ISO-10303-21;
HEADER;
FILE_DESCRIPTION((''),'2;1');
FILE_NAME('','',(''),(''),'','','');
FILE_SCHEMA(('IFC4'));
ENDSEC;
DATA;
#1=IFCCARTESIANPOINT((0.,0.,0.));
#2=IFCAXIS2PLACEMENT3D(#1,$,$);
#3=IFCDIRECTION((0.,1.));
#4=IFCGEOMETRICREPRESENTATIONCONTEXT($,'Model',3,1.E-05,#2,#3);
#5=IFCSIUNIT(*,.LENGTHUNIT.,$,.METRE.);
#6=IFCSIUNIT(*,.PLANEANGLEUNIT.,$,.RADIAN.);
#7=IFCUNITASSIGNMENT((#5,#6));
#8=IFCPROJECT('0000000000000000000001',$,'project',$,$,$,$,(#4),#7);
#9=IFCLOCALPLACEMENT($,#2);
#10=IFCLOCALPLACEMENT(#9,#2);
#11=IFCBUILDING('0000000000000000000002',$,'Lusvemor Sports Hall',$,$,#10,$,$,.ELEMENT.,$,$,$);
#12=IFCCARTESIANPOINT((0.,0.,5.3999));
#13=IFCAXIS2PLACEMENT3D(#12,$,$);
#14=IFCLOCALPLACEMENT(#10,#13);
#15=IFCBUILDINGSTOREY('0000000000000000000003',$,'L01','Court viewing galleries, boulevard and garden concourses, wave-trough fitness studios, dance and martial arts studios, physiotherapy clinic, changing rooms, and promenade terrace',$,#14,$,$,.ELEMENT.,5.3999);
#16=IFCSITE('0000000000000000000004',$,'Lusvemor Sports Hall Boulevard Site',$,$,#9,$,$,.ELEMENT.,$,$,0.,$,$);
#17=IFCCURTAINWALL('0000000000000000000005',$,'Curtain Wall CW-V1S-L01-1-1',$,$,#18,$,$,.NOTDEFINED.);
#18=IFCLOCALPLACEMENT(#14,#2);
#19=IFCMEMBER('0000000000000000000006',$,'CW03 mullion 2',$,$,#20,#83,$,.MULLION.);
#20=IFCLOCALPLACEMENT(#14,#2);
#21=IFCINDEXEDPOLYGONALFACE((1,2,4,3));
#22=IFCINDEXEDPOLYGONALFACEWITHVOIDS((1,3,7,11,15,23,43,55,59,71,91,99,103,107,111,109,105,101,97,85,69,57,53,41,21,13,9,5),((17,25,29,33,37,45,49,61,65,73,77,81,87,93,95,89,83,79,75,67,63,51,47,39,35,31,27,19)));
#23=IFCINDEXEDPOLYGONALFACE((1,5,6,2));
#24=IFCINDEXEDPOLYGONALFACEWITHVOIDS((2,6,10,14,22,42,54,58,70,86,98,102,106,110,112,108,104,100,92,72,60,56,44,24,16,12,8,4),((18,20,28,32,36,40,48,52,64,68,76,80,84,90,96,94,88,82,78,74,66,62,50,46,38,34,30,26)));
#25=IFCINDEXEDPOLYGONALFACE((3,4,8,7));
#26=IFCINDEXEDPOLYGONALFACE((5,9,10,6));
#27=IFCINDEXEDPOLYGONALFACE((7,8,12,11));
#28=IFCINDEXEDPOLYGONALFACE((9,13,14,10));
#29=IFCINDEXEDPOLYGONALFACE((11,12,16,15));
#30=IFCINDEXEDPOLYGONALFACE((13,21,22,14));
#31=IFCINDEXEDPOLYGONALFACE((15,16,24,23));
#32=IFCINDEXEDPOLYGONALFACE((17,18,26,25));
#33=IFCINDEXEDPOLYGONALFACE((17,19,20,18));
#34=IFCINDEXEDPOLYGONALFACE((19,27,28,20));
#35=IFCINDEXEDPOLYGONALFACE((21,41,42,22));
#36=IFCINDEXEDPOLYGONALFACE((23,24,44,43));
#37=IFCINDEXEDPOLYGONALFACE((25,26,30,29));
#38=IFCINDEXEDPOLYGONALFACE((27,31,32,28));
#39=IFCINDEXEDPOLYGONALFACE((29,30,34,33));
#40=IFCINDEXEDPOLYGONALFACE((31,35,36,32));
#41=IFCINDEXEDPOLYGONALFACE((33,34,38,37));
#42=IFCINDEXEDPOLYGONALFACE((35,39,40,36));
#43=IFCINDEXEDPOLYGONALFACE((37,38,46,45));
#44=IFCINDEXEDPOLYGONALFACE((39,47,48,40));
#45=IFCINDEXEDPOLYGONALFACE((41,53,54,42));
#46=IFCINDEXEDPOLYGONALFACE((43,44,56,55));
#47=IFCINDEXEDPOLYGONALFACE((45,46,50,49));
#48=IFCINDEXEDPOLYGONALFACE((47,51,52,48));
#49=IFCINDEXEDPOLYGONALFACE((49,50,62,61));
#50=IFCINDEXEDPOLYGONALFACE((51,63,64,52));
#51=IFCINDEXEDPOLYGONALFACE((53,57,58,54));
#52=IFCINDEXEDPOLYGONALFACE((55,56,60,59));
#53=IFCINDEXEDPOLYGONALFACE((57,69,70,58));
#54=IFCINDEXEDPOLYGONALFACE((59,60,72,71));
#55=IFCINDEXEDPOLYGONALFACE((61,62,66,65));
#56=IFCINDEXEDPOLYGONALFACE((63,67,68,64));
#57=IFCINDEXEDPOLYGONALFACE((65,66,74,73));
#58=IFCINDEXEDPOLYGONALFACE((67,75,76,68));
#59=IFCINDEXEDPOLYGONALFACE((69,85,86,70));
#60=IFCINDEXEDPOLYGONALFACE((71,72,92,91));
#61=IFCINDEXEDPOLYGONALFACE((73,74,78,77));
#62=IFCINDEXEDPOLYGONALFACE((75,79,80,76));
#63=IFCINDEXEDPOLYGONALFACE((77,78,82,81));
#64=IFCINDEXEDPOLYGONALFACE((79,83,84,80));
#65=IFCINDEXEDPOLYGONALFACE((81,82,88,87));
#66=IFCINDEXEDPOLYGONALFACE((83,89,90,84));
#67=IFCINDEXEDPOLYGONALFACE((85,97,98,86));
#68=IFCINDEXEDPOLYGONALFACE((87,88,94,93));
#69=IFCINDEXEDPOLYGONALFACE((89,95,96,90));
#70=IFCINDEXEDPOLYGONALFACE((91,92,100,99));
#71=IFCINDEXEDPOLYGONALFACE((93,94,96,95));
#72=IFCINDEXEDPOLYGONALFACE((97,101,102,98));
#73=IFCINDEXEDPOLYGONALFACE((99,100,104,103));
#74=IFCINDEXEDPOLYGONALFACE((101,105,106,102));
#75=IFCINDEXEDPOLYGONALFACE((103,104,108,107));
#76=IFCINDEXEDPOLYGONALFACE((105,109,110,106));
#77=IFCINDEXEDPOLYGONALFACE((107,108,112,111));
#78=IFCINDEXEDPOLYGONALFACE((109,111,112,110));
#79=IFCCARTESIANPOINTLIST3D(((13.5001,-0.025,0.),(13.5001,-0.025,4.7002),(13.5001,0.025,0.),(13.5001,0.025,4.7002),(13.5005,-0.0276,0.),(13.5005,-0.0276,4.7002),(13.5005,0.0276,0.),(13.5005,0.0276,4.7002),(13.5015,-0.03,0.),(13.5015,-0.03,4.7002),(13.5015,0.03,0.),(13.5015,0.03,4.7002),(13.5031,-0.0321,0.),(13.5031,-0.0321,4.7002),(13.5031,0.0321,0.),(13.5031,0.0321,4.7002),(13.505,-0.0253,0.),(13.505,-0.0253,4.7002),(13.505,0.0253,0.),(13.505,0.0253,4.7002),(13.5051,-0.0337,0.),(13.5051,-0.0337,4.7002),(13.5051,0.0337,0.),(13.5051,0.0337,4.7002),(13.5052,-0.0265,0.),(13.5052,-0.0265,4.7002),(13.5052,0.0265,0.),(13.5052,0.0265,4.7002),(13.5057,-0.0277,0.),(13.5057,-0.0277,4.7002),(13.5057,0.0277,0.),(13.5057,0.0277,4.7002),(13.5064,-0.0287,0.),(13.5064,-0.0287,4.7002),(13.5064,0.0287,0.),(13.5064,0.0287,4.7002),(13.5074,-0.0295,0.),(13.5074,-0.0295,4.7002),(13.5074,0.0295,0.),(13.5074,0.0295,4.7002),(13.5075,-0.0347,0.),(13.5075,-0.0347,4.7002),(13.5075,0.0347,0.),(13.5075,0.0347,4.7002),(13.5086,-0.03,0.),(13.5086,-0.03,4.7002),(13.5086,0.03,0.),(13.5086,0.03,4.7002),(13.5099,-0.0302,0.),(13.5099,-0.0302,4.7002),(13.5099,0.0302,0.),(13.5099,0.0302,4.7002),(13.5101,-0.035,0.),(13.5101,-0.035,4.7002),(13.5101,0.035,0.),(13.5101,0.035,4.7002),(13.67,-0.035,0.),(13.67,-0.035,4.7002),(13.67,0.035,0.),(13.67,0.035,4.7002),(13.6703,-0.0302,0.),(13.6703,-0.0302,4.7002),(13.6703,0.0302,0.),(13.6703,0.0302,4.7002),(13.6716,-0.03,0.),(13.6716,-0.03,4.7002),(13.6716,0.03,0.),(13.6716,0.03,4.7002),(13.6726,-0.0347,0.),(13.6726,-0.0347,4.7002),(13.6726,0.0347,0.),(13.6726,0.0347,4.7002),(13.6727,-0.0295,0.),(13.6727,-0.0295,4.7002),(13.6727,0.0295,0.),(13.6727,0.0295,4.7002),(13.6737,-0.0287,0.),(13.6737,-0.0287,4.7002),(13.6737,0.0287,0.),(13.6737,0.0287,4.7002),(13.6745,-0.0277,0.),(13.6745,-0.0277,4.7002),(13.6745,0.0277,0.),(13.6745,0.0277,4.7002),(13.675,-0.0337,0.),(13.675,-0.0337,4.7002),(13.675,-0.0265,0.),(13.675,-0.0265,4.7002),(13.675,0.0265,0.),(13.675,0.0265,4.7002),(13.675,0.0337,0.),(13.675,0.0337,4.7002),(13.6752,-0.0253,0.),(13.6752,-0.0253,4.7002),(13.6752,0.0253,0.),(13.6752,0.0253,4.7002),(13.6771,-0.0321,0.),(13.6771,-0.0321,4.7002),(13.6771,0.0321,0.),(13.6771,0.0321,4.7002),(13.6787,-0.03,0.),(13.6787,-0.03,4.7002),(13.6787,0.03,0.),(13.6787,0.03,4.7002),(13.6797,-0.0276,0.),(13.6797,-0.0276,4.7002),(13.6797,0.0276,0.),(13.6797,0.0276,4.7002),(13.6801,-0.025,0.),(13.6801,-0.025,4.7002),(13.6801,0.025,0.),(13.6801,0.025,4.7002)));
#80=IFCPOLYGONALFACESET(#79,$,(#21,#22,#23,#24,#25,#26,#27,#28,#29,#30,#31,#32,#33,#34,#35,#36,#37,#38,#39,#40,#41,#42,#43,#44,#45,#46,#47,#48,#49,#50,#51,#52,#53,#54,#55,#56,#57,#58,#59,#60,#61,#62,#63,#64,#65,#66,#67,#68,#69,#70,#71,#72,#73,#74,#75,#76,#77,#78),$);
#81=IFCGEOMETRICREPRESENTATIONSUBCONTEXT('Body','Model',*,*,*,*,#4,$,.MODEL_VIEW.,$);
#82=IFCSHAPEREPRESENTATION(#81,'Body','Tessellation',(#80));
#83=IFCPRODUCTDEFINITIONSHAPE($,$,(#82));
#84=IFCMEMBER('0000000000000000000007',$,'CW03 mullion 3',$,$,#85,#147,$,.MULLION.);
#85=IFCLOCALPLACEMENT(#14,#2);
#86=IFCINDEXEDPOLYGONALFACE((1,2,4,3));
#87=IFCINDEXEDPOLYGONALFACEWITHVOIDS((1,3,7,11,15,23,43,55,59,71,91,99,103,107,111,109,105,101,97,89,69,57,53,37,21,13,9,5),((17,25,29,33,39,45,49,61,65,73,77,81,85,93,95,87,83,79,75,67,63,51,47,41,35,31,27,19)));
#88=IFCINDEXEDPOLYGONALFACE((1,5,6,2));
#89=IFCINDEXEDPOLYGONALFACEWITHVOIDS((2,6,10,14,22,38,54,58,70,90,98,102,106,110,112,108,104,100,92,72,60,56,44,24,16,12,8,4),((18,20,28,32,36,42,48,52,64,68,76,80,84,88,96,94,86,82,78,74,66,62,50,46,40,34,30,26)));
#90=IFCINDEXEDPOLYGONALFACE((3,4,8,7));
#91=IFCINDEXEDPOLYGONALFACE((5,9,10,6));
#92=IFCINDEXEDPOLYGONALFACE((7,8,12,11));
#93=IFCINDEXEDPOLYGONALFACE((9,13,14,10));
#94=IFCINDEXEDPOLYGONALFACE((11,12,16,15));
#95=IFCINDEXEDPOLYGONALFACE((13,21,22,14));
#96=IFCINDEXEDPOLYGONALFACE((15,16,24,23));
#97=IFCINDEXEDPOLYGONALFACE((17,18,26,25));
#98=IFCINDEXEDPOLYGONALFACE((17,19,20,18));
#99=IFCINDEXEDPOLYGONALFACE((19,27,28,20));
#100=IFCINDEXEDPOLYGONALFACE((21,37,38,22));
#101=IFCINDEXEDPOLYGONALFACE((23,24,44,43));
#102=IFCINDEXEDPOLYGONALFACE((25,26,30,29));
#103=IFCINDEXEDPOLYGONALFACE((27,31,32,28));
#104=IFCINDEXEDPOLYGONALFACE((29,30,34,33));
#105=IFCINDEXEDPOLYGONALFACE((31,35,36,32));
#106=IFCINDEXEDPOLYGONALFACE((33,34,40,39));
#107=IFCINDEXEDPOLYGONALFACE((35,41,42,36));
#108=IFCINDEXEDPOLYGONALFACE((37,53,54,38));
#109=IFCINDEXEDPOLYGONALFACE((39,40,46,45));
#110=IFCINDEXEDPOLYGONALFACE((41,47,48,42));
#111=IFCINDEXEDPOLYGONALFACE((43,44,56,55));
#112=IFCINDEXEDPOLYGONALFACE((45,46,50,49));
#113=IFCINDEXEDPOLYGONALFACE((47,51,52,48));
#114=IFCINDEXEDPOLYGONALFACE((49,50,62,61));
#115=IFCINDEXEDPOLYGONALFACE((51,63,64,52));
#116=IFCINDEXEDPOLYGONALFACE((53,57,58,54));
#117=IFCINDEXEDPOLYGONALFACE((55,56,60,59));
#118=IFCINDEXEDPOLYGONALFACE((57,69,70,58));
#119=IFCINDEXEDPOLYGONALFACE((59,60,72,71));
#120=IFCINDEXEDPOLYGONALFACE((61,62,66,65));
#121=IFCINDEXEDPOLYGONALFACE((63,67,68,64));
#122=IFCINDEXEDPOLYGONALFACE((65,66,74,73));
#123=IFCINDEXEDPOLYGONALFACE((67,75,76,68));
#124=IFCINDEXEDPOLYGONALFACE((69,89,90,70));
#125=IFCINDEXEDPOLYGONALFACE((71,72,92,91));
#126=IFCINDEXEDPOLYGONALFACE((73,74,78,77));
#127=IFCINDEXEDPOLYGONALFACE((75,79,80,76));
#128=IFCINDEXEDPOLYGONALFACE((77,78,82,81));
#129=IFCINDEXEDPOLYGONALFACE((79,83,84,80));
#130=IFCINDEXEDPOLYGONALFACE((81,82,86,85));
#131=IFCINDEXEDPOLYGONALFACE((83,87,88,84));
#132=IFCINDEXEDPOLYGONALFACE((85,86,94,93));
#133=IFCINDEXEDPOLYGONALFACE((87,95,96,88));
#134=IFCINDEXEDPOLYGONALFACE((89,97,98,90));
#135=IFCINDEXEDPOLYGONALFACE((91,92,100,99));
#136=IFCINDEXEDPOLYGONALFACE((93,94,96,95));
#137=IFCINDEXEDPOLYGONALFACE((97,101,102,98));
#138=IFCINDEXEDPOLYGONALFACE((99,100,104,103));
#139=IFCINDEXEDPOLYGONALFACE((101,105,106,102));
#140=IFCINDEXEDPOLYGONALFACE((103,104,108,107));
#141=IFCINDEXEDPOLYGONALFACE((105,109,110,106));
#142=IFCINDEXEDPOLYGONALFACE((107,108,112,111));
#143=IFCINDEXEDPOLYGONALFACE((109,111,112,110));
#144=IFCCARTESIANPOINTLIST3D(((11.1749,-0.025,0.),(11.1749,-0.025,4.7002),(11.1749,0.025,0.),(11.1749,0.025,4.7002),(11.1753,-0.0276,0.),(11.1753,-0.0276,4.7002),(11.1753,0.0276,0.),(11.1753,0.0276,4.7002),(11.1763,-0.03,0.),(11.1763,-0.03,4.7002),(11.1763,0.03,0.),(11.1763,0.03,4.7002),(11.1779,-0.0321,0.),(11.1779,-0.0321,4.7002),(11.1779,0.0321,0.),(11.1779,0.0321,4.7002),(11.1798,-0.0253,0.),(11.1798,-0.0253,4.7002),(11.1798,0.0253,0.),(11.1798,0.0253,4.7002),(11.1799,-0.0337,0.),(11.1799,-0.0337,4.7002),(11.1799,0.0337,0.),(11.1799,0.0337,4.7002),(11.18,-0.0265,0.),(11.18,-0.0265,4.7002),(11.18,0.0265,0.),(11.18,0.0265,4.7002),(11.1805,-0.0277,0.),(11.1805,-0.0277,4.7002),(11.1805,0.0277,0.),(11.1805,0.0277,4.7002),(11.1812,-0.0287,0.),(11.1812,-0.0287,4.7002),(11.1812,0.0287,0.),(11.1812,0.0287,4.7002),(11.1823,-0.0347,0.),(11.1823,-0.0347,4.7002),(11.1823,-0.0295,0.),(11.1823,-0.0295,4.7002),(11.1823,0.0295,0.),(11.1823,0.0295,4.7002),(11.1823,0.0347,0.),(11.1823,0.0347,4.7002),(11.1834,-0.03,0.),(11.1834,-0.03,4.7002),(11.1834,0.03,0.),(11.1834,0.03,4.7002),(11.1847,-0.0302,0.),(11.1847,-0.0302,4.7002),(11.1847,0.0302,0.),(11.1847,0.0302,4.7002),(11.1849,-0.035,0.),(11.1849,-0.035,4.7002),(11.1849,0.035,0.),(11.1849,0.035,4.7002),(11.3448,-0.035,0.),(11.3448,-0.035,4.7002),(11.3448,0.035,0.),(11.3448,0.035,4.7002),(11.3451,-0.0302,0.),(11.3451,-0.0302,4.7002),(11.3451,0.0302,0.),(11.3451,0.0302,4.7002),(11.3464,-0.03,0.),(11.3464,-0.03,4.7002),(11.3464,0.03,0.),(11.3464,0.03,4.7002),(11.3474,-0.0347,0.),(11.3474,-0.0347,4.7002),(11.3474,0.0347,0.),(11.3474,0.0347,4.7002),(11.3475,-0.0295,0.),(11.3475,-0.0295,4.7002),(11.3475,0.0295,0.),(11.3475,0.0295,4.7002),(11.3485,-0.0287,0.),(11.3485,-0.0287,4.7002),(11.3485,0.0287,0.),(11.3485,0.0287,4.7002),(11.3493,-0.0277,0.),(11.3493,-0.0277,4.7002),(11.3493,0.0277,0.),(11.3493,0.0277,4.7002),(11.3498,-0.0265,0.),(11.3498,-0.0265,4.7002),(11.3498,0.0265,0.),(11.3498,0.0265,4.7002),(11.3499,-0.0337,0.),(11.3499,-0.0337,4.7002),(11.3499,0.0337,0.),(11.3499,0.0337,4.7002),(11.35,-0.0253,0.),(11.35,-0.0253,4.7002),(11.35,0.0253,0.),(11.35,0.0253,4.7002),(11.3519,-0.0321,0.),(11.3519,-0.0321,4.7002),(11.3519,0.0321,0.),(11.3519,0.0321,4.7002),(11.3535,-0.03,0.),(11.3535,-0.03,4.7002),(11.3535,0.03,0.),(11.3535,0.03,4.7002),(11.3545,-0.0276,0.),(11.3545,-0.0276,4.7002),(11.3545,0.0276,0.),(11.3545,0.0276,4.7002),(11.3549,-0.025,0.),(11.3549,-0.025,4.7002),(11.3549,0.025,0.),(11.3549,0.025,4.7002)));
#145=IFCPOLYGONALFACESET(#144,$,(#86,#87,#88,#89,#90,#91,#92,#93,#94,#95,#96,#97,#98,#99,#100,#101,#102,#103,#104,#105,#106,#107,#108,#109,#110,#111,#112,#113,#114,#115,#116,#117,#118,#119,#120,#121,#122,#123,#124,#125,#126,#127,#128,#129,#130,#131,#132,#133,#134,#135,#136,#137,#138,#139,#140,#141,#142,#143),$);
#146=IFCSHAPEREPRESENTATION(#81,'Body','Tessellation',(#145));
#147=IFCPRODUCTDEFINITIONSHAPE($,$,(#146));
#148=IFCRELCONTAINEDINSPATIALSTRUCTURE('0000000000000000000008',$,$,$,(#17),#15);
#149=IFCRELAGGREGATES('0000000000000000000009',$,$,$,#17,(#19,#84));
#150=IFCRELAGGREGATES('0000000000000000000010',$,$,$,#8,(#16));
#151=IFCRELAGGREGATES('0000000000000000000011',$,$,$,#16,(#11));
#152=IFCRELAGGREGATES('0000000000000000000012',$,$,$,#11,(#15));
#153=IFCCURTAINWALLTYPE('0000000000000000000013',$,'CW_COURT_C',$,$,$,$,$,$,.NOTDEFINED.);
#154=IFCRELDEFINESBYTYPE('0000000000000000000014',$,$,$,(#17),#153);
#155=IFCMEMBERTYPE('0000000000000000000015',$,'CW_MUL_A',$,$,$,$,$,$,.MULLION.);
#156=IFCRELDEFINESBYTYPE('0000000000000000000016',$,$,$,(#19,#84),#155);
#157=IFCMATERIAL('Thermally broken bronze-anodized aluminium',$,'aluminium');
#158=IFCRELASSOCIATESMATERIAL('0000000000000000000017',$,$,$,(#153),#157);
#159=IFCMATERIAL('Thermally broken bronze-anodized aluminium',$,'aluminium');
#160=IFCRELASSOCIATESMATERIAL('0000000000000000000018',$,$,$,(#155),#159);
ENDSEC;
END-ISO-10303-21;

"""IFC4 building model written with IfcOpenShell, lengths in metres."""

from ifc_helpers import new_model, si_unit, direction, frame, origin, origin_2d, place, context, subcontext, project, spatial, hollow_rectangle, extrude, material, material_profile, profile_set, type_object, element, aggregate, save


model = new_model("IFC4")

# Units and contexts
model_context = context("Model", 3, precision=1e-05, world=origin(), true_north=direction((0.0, 1.0)))
body_context = subcontext(model_context, "Body", "Model", "MODEL_VIEW")
ifc_project = project(units=[si_unit("LENGTHUNIT", "METRE"), si_unit("PLANEANGLEUNIT", "RADIAN")], contexts=[model_context])

# Site, building, storey
site_placement = place(None, origin())
site = spatial("IfcSite", under=ifc_project, at=site_placement, Name="Lusvemor Sports Hall Boulevard Site", CompositionType="ELEMENT", RefElevation=0.0)
building_placement = place(site_placement, origin())
building = spatial("IfcBuilding", under=site, at=building_placement, Name="Lusvemor Sports Hall", CompositionType="ELEMENT")
storey_placement = place(building_placement, frame((0.0, 0.0, 5.3999)))
storey = spatial("IfcBuildingStorey", under=building, at=storey_placement, Name="L01", Description="Court viewing galleries, boulevard and garden concourses, wave-trough fitness studios, dance and martial arts studios, physiotherapy clinic, changing rooms, and promenade terrace", CompositionType="ELEMENT", Elevation=5.3999)

# Curtain wall, members
ifc_material_1 = material(Name="Thermally broken bronze-anodized aluminium", Category="aluminium")
curtain_wall_type = type_object("IfcCurtainWallType", Name="CW_COURT_C", PredefinedType="NOTDEFINED", material=ifc_material_1)
curtain_wall_placement = place(storey_placement, origin())
curtain_wall = element("IfcCurtainWall", 1, at=curtain_wall_placement, inside=storey, type_object=curtain_wall_type, Name="Curtain Wall CW-V1S-L01-1-1", PredefinedType="NOTDEFINED")
ifc_material_2 = material(Name="Thermally broken bronze-anodized aluminium", Category="aluminium")
ifc_material_profile_1 = material_profile(ifc_material_2, hollow_rectangle(XDim=0.0701, YDim=0.1799, WallThickness=0.0049, InnerFilletRadius=0.0049, OuterFilletRadius=0.01, at=origin_2d()), Name="CWMUL180x70x5")
ifc_profile_set_1 = profile_set([ifc_material_profile_1], Name="Thermally broken bronze-anodized aluminium")
member_type_1 = type_object("IfcMemberType", Name="CW_MUL_A", PredefinedType="MULLION", material=ifc_profile_set_1)
member_1_placement = place(storey_placement, frame((13.5901, 0.0, 0.0), z_axis=(0.0, 0.0, 1.0), x_axis=(0.0, -1.0, 0.0)))
member_1 = element("IfcMember", 2, at=member_1_placement, type_object=member_type_1, Name="CW03 mullion 2", PredefinedType="MULLION", context=body_context, shape_type="SweptSolid", body=[
    extrude(hollow_rectangle(XDim=0.0701, YDim=0.1799, WallThickness=0.0049, InnerFilletRadius=0.0049, OuterFilletRadius=0.01, at=origin_2d()), origin(), (0.0, 0.0, 1.0), 4.7002),
])
member_2_placement = place(storey_placement, frame((11.2649, 0.0, 0.0), z_axis=(0.0, 0.0, 1.0), x_axis=(0.0, -1.0, 0.0)))
member_2 = element("IfcMember", 3, at=member_2_placement, type_object=member_type_1, Name="CW03 mullion 3", PredefinedType="MULLION", context=body_context, shape_type="SweptSolid", body=[
    extrude(hollow_rectangle(XDim=0.0701, YDim=0.1799, WallThickness=0.0049, InnerFilletRadius=0.0049, OuterFilletRadius=0.01, at=origin_2d()), origin(), (0.0, 0.0, 1.0), 4.7002),
])

aggregate(curtain_wall, [member_1, member_2])

save(model, "model.ifc")
